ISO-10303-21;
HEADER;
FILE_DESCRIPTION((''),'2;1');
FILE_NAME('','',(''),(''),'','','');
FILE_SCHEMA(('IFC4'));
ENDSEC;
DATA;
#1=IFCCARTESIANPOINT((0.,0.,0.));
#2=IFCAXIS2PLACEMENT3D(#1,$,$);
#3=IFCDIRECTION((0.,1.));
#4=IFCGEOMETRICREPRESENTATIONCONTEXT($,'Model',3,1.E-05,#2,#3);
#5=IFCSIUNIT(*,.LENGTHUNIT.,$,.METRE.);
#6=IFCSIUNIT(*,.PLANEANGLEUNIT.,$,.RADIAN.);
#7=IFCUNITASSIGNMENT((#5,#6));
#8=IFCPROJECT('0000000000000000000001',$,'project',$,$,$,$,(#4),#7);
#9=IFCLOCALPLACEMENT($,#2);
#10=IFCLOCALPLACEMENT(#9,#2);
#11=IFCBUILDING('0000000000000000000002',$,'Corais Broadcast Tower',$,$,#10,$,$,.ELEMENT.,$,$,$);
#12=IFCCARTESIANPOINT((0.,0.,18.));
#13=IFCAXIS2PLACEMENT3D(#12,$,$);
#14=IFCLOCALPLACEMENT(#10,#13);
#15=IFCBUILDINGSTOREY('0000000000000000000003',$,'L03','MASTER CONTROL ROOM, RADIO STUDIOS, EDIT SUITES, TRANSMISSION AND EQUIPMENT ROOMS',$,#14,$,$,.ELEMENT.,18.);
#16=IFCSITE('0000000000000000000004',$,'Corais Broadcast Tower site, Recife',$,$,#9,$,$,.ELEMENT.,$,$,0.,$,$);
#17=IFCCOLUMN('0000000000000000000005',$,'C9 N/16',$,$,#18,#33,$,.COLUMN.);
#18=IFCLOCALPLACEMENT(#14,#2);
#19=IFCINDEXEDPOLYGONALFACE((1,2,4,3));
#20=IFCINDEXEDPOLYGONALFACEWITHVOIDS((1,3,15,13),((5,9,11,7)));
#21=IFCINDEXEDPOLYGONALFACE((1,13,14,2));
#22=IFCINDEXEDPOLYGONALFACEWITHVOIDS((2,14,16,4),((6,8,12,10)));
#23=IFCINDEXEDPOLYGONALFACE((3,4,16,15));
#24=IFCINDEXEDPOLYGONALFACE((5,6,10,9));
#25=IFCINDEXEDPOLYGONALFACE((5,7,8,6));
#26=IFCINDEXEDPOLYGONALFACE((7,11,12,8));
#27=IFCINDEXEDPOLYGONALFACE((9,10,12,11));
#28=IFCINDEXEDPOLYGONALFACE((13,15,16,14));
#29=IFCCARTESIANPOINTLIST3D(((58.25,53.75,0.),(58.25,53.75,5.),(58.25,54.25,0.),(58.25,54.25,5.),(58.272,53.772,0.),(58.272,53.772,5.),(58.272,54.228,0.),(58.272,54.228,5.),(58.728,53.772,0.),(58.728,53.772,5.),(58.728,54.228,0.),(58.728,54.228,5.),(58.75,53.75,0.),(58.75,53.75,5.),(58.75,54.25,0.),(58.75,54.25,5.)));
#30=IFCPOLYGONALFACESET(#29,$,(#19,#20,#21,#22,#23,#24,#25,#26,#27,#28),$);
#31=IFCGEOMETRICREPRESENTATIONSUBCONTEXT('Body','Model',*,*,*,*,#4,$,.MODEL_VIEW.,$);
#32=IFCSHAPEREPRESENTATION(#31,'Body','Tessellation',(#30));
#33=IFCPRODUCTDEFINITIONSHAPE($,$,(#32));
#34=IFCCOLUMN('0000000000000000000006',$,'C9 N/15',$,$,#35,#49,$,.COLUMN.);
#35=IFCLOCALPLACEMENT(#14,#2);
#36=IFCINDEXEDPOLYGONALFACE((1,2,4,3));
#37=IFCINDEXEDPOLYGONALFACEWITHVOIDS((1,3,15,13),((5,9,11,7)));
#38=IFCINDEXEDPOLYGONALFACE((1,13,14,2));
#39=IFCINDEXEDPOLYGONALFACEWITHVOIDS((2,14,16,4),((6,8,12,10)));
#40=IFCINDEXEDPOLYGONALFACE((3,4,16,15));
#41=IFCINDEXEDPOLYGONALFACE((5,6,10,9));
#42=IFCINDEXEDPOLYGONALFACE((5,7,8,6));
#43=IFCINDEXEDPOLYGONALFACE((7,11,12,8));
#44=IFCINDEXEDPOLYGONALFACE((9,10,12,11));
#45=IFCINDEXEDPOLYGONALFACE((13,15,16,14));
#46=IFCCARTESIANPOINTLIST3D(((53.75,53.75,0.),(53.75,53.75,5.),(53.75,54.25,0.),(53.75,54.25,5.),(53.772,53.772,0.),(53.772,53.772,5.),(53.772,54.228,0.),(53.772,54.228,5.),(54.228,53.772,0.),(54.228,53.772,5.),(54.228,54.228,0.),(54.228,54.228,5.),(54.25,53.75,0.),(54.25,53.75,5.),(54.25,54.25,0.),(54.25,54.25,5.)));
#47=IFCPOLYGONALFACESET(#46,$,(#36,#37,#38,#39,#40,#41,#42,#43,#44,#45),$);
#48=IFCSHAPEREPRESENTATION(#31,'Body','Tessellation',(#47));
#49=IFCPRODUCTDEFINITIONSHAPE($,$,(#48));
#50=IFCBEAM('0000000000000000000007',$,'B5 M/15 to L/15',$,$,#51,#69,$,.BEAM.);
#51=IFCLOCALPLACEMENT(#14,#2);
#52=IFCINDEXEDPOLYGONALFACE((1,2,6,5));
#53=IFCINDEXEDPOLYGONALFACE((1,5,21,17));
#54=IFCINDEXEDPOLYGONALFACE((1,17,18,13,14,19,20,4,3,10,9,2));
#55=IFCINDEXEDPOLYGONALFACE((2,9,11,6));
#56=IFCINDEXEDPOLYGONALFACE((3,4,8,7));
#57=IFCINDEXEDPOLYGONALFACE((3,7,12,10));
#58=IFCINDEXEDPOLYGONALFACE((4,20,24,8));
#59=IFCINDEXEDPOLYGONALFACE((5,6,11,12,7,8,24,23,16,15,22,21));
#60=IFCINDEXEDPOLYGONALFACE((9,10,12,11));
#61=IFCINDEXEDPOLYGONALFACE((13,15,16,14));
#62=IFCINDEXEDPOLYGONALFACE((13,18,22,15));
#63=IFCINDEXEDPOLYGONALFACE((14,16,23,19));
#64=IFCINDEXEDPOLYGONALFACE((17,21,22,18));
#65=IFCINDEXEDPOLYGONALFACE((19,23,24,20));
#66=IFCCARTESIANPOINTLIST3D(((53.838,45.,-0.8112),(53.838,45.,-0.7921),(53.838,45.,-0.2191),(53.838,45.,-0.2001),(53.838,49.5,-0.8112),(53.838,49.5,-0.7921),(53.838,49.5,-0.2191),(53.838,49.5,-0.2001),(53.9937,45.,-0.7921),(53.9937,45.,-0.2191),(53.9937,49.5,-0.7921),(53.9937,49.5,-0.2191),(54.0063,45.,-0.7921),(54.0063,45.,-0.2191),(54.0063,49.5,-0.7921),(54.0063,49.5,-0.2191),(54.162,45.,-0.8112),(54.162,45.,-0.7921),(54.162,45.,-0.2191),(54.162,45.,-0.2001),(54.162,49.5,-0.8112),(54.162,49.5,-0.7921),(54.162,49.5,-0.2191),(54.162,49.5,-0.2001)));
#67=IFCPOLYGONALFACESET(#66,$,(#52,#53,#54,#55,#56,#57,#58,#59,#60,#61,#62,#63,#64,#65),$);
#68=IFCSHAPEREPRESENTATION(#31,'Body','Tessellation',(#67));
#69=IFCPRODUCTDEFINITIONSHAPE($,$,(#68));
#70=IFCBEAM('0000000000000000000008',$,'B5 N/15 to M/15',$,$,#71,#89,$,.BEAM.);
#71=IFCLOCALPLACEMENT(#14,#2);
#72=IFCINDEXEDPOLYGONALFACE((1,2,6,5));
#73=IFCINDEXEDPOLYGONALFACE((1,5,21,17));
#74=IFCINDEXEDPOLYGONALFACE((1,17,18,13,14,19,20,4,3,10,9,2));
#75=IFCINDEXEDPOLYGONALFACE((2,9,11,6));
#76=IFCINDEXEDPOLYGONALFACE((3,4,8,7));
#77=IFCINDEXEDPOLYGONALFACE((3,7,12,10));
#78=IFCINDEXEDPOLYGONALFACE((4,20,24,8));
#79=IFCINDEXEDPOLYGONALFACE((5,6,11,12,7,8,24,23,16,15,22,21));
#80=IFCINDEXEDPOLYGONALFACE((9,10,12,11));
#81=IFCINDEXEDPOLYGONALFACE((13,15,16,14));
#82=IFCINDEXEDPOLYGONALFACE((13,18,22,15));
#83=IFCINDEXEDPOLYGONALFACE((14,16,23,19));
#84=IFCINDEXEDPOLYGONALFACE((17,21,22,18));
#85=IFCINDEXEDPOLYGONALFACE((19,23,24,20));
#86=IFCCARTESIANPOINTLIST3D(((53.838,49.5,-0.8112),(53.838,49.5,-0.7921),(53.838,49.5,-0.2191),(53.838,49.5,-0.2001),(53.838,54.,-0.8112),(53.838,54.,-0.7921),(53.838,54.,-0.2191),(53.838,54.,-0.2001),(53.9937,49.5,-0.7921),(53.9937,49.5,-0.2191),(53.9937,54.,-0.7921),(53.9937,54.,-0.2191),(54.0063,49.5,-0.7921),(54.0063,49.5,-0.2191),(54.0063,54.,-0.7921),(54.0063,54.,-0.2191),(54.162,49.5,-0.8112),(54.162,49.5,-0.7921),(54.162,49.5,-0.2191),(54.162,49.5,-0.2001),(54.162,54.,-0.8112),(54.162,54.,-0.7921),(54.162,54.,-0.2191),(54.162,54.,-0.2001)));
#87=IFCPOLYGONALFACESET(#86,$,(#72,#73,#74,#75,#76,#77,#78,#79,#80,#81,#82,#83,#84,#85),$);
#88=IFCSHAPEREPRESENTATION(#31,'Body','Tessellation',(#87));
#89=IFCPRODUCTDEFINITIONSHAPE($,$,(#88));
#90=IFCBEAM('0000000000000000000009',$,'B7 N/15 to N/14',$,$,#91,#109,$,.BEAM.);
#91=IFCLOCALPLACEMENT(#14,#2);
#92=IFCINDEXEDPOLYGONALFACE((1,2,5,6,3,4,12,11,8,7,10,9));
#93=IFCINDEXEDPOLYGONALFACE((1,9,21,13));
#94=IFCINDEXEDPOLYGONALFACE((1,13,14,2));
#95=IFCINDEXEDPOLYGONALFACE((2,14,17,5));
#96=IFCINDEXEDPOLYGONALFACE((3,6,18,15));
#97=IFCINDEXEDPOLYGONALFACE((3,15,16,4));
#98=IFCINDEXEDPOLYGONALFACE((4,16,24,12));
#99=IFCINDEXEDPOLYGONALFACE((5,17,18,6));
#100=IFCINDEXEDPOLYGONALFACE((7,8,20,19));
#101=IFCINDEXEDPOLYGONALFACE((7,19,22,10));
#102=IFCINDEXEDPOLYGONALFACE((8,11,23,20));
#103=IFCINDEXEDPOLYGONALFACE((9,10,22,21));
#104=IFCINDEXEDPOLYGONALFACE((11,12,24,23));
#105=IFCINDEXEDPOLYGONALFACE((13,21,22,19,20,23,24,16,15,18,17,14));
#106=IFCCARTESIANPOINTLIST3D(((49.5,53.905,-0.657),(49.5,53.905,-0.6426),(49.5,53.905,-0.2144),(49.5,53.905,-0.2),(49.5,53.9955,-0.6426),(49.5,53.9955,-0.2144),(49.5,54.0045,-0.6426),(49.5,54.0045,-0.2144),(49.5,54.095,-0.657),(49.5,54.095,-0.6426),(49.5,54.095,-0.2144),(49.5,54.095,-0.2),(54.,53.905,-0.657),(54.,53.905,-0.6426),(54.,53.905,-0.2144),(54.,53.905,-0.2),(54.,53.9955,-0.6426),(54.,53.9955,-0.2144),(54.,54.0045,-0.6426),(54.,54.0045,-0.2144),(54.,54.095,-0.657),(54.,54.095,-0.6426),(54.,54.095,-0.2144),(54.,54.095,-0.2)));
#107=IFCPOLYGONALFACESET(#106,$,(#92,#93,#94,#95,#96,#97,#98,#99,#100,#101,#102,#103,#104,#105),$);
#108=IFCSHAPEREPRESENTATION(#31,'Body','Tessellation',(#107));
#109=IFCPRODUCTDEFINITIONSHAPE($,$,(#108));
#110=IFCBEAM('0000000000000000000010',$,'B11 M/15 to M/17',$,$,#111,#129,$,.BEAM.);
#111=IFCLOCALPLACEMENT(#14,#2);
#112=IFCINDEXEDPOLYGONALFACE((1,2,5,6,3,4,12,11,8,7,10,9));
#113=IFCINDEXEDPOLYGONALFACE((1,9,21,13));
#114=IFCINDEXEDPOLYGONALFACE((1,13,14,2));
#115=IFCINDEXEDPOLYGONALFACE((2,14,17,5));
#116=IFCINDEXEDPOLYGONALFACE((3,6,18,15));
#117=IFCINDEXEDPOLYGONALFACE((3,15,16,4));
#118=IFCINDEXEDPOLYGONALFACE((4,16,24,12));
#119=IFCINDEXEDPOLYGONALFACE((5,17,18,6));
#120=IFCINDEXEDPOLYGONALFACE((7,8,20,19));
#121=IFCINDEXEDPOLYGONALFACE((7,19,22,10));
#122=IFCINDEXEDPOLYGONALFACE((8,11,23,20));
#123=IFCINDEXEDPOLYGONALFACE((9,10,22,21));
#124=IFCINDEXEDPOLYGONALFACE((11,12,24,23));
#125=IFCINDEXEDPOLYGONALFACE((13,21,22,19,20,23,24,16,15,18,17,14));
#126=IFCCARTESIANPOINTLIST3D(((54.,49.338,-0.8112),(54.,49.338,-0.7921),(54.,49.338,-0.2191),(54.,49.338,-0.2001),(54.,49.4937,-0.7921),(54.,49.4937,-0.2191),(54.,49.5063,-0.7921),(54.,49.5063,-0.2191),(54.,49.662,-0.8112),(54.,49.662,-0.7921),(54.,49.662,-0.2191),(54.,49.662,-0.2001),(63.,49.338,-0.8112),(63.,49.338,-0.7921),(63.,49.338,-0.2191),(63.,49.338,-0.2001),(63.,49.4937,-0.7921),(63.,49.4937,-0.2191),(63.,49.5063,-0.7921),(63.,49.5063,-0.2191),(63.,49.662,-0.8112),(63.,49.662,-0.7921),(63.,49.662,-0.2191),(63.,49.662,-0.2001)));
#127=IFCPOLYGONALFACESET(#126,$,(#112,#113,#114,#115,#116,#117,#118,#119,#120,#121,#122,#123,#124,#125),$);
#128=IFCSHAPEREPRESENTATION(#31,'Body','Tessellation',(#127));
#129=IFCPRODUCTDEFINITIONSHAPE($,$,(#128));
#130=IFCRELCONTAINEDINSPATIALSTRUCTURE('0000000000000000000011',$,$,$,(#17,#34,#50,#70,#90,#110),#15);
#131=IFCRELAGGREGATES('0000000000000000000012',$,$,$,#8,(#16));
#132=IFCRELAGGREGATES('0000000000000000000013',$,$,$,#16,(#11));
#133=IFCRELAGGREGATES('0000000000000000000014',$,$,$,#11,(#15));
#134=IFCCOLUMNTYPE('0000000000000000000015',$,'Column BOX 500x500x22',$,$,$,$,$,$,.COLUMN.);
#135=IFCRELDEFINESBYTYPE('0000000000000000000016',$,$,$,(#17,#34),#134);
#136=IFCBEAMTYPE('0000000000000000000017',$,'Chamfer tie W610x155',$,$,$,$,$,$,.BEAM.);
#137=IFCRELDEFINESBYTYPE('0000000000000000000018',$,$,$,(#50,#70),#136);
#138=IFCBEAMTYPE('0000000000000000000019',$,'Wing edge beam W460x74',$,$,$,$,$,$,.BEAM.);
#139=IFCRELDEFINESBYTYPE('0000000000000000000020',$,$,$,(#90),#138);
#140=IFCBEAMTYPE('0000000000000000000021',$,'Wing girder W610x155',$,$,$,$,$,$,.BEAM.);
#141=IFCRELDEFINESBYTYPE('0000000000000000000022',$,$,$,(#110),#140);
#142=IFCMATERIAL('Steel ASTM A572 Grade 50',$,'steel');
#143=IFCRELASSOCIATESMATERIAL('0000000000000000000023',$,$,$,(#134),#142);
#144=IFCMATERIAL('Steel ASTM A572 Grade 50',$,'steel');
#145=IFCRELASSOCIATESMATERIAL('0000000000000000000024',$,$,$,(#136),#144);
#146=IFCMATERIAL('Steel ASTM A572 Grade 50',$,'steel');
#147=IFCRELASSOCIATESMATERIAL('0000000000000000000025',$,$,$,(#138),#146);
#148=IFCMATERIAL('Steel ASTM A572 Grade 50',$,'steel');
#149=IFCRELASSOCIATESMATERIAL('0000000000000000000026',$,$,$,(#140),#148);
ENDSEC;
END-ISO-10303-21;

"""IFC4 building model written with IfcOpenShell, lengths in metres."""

from ifc_helpers import new_model, si_unit, direction, frame, origin, origin_2d, place, context, subcontext, project, spatial, hollow_rectangle, i_section, extrude, material, material_profile, profile_set, type_object, element, save


model = new_model("IFC4")

# Units and contexts
model_context = context("Model", 3, precision=1e-05, world=origin(), true_north=direction((0.0, 1.0)))
body_context = subcontext(model_context, "Body", "Model", "MODEL_VIEW")
ifc_project = project(units=[si_unit("LENGTHUNIT", "METRE"), si_unit("PLANEANGLEUNIT", "RADIAN")], contexts=[model_context])

# Site, building, storey
site_placement = place(None, origin())
site = spatial("IfcSite", under=ifc_project, at=site_placement, Name="Corais Broadcast Tower site, Recife", CompositionType="ELEMENT", RefElevation=0.0)
building_placement = place(site_placement, origin())
building = spatial("IfcBuilding", under=site, at=building_placement, Name="Corais Broadcast Tower", CompositionType="ELEMENT")
storey_placement = place(building_placement, frame((0.0, 0.0, 18.0)))
storey = spatial("IfcBuildingStorey", under=building, at=storey_placement, Name="L03", Description="MASTER CONTROL ROOM, RADIO STUDIOS, EDIT SUITES, TRANSMISSION AND EQUIPMENT ROOMS", CompositionType="ELEMENT", Elevation=18.0)

# Columns
ifc_material_1 = material(Name="Steel ASTM A572 Grade 50", Category="steel")
ifc_material_profile_1 = material_profile(ifc_material_1, hollow_rectangle(XDim=0.5, YDim=0.5, WallThickness=0.022, at=origin_2d()), Name="BOX 500x500x22")
ifc_profile_set_1 = profile_set([ifc_material_profile_1], Name="Steel ASTM A572 Grade 50")
column_type = type_object("IfcColumnType", Name="Column BOX 500x500x22", PredefinedType="COLUMN", material=ifc_profile_set_1)
for number, where, z_axis, x_axis, name in (
    (1, (58.5, 54.0, 0.0), (0.0, 0.0, 1.0), (1.0, 0.0, 0.0), "C9 N/16"),
    (2, (54.0, 54.0, 0.0), (0.0, 0.0, 1.0), (1.0, 0.0, 0.0), "C9 N/15"),
):
    element("IfcColumn", number, at=place(storey_placement, frame(where, z_axis=z_axis, x_axis=x_axis)), inside=storey, type_object=column_type, Name=name, PredefinedType="COLUMN", context=body_context, shape_type="SweptSolid", body=[
        extrude(hollow_rectangle(XDim=0.5, YDim=0.5, WallThickness=0.022, at=origin_2d()), origin(), (0.0, 0.0, 1.0), 5.0),
    ])

# Beams
ifc_material_2 = material(Name="Steel ASTM A572 Grade 50", Category="steel")
ifc_material_profile_2 = material_profile(ifc_material_2, i_section(OverallWidth=0.324, OverallDepth=0.6111, WebThickness=0.0127, FlangeThickness=0.019, at=origin_2d()), Name="W610x155")
ifc_profile_set_2 = profile_set([ifc_material_profile_2], Name="Steel ASTM A572 Grade 50")
beam_type_1 = type_object("IfcBeamType", Name="Chamfer tie W610x155", PredefinedType="BEAM", material=ifc_profile_set_2)
for number, where, z_axis, x_axis, name in (
    (3, (54.0, 49.5, -0.5056), (0.0, -1.0, 0.0), (1.0, 0.0, 0.0), "B5 M/15 to L/15"),
    (4, (54.0, 54.0, -0.5056), (0.0, -1.0, 0.0), (1.0, 0.0, 0.0), "B5 N/15 to M/15"),
):
    element("IfcBeam", number, at=place(storey_placement, frame(where, z_axis=z_axis, x_axis=x_axis)), inside=storey, type_object=beam_type_1, Name=name, PredefinedType="BEAM", context=body_context, shape_type="SweptSolid", body=[
        extrude(i_section(OverallWidth=0.324, OverallDepth=0.6111, WebThickness=0.0127, FlangeThickness=0.019, at=origin_2d()), origin(), (0.0, 0.0, 1.0), 4.5),
    ])
ifc_material_3 = material(Name="Steel ASTM A572 Grade 50", Category="steel")
ifc_material_profile_3 = material_profile(ifc_material_3, i_section(OverallWidth=0.1899, OverallDepth=0.457, WebThickness=0.009, FlangeThickness=0.0144, at=origin_2d()), Name="W460x74")
ifc_profile_set_3 = profile_set([ifc_material_profile_3], Name="Steel ASTM A572 Grade 50")
beam_type_2 = type_object("IfcBeamType", Name="Wing edge beam W460x74", PredefinedType="BEAM", material=ifc_profile_set_3)
beam_1_placement = place(storey_placement, frame((54.0, 54.0, -0.4285), z_axis=(-1.0, 0.0, 0.0), x_axis=(0.0, -1.0, 0.0)))
element("IfcBeam", 5, at=beam_1_placement, inside=storey, type_object=beam_type_2, Name="B7 N/15 to N/14", PredefinedType="BEAM", context=body_context, shape_type="SweptSolid", body=[
    extrude(i_section(OverallWidth=0.1899, OverallDepth=0.457, WebThickness=0.009, FlangeThickness=0.0144, at=origin_2d()), origin(), (0.0, 0.0, 1.0), 4.5),
])
ifc_material_4 = material(Name="Steel ASTM A572 Grade 50", Category="steel")
ifc_material_profile_4 = material_profile(ifc_material_4, i_section(OverallWidth=0.324, OverallDepth=0.6111, WebThickness=0.0127, FlangeThickness=0.019, at=origin_2d()), Name="W610x155")
ifc_profile_set_4 = profile_set([ifc_material_profile_4], Name="Steel ASTM A572 Grade 50")
beam_type_3 = type_object("IfcBeamType", Name="Wing girder W610x155", PredefinedType="BEAM", material=ifc_profile_set_4)
beam_2_placement = place(storey_placement, frame((54.0, 49.5, -0.5056), z_axis=(1.0, 0.0, 0.0), x_axis=(0.0, 1.0, 0.0)))
element("IfcBeam", 6, at=beam_2_placement, inside=storey, type_object=beam_type_3, Name="B11 M/15 to M/17", PredefinedType="BEAM", context=body_context, shape_type="SweptSolid", body=[
    extrude(i_section(OverallWidth=0.324, OverallDepth=0.6111, WebThickness=0.0127, FlangeThickness=0.019, at=origin_2d()), origin(), (0.0, 0.0, 1.0), 9.0),
])

save(model, "model.ifc")
